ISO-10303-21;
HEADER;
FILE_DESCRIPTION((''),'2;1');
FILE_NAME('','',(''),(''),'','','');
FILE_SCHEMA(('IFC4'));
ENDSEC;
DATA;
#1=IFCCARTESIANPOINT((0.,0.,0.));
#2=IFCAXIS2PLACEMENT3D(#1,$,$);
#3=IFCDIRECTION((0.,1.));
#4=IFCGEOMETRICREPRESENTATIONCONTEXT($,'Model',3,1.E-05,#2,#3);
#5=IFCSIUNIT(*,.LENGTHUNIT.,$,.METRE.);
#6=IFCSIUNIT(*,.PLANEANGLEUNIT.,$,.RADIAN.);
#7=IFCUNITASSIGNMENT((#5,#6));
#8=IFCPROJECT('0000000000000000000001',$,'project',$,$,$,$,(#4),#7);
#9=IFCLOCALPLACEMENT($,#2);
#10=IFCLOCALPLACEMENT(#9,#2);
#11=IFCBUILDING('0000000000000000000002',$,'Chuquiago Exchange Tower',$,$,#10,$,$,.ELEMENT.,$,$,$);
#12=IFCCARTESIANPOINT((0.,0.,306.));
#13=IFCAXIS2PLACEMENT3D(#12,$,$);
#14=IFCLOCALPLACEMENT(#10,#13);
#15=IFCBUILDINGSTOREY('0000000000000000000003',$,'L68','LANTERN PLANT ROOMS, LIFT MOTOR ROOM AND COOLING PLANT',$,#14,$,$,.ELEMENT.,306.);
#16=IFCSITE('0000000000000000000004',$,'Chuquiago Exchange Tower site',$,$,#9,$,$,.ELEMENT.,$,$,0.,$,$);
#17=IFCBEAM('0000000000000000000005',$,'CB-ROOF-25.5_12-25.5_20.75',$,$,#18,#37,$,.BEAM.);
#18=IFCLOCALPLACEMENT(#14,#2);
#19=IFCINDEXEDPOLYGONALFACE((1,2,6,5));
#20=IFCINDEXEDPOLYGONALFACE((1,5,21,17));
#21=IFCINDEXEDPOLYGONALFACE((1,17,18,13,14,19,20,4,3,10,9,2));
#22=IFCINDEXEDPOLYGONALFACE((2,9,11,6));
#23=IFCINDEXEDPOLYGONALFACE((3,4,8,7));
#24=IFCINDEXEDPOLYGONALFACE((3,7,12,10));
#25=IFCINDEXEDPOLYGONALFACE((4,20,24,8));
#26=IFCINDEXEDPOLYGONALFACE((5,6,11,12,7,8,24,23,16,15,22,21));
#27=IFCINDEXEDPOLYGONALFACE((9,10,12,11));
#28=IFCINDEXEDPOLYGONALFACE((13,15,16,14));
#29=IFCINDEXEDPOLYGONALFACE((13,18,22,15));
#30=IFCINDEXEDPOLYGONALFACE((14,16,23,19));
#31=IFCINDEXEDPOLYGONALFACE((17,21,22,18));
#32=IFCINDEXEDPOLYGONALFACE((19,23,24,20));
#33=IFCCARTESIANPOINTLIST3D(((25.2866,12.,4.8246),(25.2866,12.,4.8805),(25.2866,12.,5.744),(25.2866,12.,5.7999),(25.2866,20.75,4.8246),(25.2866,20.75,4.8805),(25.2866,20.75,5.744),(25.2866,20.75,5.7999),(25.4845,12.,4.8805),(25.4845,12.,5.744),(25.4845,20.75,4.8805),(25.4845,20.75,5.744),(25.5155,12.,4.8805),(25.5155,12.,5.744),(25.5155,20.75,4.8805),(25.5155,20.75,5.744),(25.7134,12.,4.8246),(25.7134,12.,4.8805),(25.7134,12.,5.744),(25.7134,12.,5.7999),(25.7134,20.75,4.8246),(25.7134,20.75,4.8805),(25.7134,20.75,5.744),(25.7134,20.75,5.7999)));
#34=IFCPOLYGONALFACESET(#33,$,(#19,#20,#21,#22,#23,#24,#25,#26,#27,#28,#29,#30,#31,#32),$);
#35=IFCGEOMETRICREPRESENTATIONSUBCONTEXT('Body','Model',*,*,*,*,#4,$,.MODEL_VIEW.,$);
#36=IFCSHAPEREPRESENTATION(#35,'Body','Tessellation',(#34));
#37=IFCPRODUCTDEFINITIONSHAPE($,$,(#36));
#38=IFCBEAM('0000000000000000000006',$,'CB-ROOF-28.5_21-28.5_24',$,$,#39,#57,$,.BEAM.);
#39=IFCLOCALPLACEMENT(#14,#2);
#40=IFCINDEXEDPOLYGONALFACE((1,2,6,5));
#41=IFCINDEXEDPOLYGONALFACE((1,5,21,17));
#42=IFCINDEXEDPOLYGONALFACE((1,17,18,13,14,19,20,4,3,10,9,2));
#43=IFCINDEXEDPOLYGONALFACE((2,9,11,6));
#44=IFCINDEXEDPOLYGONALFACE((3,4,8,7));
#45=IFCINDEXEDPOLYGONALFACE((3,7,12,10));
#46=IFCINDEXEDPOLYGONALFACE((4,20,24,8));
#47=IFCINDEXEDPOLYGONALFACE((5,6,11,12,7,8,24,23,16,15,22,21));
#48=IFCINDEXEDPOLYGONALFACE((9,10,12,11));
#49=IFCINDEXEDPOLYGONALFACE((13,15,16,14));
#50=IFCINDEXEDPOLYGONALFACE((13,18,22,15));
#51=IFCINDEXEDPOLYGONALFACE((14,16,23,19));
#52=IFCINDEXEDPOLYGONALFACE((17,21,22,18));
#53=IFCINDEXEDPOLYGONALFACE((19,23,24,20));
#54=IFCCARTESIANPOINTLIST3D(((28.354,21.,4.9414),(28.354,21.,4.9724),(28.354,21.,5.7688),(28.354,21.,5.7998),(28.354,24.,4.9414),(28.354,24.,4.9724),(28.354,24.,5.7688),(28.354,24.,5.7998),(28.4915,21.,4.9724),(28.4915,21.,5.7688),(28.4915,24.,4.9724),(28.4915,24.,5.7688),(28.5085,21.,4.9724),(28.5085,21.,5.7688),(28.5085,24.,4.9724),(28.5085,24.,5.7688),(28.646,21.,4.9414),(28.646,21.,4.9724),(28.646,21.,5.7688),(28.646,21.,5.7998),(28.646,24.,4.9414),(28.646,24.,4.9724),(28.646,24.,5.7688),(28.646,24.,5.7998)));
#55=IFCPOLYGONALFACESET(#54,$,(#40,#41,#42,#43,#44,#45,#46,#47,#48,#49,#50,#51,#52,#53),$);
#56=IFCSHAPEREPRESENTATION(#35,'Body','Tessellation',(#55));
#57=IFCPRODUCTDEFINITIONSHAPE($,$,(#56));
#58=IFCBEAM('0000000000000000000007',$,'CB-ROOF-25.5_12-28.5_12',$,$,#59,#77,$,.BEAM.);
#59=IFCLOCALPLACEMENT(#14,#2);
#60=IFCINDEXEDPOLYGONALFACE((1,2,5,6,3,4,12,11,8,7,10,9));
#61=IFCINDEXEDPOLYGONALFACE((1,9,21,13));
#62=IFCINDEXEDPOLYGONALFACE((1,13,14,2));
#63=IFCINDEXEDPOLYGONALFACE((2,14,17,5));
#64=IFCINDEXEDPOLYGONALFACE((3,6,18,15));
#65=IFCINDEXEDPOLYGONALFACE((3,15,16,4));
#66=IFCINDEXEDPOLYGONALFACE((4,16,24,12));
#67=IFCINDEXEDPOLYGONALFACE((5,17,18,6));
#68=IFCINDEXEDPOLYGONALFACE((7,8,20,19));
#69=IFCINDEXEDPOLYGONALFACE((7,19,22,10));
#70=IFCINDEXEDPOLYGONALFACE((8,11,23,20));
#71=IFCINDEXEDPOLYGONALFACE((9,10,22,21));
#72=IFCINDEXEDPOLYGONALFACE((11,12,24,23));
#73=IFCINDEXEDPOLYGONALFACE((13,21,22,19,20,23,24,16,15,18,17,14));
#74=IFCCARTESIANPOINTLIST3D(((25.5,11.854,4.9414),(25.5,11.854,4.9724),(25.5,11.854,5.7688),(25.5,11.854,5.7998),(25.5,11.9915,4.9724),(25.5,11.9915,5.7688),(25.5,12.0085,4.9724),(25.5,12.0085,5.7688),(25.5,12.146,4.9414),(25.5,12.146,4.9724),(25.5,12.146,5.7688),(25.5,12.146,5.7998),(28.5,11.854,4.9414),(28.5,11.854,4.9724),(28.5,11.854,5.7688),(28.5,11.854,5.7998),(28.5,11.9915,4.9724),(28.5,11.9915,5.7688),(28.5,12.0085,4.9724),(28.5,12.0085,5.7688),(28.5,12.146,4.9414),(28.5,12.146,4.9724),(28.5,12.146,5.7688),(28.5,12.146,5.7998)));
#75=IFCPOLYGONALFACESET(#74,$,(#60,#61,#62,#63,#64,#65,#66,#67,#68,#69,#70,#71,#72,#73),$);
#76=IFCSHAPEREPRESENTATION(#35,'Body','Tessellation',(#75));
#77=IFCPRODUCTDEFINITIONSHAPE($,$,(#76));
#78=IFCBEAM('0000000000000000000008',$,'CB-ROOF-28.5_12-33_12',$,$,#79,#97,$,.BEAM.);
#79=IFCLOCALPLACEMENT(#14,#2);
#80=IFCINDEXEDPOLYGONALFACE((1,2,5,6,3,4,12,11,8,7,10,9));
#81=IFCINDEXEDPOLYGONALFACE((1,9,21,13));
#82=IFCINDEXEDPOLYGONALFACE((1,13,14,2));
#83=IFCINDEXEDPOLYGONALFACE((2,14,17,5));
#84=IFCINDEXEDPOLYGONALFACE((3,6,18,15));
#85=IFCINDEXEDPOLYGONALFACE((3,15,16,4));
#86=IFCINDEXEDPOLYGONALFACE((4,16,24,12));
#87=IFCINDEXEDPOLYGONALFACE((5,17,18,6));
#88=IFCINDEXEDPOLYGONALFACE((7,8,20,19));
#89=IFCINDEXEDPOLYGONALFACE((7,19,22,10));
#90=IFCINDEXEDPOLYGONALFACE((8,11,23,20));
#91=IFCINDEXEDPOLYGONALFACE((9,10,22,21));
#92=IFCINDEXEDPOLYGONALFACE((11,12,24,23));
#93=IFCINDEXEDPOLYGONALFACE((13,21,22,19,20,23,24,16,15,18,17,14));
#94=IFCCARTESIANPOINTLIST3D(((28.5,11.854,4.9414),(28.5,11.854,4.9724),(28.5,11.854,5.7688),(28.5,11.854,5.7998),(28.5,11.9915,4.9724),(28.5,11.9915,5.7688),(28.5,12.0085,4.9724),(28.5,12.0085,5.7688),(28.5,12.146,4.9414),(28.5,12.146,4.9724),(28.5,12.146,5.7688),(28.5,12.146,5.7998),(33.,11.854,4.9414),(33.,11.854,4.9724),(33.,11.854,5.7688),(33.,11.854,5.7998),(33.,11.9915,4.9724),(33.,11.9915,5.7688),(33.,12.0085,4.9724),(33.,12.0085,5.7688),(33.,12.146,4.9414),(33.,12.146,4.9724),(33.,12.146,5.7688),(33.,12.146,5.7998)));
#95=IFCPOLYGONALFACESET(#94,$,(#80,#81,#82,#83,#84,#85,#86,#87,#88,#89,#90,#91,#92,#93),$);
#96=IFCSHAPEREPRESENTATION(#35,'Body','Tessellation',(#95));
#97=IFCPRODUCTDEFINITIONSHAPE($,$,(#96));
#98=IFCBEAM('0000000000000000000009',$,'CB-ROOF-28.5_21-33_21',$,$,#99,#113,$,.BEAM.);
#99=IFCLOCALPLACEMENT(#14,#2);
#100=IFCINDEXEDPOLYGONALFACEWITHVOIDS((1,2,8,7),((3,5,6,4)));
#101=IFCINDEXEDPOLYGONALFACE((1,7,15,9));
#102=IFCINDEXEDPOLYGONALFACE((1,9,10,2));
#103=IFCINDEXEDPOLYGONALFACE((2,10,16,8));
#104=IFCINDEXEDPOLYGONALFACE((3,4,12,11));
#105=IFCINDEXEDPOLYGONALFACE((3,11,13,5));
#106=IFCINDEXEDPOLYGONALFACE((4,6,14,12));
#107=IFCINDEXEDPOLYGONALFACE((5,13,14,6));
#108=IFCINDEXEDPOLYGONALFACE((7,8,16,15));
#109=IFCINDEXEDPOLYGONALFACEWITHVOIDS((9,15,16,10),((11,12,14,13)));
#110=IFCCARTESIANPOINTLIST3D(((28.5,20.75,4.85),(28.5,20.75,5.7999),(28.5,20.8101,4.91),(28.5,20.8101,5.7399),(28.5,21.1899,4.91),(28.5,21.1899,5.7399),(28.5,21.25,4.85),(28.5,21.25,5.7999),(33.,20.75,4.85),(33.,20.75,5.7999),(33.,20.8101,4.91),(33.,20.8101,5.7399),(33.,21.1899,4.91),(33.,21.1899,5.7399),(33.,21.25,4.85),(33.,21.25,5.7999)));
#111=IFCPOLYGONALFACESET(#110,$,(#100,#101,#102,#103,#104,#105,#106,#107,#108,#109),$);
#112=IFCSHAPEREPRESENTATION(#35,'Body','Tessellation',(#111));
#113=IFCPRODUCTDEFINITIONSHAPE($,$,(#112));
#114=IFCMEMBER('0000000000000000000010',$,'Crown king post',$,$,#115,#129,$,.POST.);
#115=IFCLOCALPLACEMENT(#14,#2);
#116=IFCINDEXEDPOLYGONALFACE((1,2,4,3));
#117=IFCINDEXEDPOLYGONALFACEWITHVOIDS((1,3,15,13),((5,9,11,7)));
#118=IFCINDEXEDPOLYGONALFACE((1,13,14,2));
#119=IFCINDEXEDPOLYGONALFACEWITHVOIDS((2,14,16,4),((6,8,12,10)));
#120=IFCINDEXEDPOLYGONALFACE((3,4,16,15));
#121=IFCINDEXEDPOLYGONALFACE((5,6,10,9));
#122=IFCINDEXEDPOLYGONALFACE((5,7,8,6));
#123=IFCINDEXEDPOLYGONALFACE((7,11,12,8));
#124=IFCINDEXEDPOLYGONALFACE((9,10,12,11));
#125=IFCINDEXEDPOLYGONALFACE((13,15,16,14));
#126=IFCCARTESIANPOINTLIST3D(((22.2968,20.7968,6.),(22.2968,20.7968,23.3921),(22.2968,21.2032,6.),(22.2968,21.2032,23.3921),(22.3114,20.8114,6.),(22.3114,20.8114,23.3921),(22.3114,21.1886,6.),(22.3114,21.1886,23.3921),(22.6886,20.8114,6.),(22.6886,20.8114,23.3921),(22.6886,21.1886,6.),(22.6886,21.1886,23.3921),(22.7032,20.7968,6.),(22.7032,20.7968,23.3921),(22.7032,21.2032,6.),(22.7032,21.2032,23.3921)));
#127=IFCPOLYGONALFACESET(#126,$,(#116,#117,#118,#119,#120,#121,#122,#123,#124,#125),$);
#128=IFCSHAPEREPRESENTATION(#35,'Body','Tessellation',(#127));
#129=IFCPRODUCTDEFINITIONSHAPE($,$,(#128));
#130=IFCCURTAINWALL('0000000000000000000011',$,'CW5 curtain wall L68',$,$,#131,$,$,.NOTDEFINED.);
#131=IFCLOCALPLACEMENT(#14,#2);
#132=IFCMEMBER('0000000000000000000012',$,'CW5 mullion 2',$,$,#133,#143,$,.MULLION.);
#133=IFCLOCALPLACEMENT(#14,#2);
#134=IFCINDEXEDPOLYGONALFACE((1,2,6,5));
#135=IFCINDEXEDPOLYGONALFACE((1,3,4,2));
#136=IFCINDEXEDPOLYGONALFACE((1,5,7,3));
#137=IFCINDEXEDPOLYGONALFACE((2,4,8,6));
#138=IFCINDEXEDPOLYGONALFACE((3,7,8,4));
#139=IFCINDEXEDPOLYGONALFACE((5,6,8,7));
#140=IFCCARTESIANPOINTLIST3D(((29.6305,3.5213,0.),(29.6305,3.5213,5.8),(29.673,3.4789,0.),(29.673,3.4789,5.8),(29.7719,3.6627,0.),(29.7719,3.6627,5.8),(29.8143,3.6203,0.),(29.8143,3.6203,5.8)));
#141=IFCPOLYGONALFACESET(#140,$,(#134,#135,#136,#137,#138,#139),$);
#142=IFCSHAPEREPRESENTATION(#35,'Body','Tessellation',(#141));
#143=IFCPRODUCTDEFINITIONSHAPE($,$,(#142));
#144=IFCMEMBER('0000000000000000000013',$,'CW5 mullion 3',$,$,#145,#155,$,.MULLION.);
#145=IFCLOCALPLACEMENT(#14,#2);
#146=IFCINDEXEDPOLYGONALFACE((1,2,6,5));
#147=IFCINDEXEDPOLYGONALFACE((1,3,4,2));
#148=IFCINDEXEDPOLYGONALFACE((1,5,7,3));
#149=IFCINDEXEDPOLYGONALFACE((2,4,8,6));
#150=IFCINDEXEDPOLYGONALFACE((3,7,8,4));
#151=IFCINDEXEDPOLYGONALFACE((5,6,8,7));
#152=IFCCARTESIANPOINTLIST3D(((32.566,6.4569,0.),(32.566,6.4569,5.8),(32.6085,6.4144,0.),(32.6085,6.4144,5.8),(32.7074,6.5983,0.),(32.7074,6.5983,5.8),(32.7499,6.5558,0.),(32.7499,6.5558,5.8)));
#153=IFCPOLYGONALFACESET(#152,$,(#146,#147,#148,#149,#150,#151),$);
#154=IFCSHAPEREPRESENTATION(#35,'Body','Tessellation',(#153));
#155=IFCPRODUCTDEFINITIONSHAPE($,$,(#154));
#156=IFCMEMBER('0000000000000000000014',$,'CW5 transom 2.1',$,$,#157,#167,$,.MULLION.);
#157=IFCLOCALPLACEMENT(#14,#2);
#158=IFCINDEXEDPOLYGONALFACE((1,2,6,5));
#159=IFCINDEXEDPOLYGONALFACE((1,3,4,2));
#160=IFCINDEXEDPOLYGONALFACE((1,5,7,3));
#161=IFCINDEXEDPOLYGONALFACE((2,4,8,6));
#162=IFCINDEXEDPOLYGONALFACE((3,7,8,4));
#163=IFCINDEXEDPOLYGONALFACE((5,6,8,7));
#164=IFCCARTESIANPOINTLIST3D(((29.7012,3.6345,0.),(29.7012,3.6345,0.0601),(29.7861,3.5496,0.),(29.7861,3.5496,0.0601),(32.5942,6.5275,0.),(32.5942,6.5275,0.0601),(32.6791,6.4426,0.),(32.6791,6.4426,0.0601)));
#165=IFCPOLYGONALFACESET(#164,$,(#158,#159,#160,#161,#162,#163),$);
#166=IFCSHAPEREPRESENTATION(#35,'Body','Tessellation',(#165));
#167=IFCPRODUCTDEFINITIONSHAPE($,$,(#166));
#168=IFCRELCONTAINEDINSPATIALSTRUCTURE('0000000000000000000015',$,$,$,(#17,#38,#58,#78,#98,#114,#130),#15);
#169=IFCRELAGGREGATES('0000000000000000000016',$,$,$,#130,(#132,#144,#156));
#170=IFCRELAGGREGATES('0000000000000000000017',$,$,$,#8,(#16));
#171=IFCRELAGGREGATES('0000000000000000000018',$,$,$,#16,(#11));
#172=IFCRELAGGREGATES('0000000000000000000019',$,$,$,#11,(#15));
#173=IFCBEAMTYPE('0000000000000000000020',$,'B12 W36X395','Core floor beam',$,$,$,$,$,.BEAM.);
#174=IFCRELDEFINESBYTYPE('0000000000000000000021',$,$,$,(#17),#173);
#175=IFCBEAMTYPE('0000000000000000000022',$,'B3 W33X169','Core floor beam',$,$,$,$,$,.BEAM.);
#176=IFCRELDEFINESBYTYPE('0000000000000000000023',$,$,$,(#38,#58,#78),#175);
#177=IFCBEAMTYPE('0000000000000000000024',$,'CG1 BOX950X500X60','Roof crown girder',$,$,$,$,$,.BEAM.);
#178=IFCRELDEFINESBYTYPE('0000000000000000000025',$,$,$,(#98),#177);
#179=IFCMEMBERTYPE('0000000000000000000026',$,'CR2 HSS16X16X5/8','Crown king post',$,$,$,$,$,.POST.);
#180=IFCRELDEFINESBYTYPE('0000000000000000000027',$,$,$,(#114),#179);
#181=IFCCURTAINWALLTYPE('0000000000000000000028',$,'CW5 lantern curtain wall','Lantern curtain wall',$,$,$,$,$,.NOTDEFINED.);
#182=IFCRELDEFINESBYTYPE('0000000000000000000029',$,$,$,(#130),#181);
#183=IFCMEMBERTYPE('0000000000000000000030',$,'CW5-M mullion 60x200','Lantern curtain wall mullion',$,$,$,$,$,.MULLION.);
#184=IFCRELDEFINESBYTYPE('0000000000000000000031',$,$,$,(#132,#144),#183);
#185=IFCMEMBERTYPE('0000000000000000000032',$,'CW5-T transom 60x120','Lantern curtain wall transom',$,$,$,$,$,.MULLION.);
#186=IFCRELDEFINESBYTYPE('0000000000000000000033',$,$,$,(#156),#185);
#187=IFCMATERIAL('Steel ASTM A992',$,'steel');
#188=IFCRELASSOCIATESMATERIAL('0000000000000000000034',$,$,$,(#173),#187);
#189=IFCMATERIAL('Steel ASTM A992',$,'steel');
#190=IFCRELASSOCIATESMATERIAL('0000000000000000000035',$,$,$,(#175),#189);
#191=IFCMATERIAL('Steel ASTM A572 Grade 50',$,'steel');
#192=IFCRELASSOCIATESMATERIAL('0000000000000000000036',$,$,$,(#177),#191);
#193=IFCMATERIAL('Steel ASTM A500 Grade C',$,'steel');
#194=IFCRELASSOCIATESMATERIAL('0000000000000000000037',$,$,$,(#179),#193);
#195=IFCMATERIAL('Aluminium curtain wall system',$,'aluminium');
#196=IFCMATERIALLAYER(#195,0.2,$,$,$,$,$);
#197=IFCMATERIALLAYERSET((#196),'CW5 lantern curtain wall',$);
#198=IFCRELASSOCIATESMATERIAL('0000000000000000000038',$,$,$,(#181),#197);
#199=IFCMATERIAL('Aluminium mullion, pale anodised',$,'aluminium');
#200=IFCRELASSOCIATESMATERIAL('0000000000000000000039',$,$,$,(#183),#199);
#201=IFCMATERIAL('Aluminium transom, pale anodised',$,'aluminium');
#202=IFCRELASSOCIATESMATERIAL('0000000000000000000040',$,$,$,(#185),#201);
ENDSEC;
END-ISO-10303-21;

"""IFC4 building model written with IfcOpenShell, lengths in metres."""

from ifc_helpers import new_model, si_unit, direction, frame, origin, origin_2d, place, context, subcontext, project, spatial, rectangle, hollow_rectangle, i_section, extrude, material, layer, layer_set, material_profile, profile_set, type_object, element, aggregate, save


model = new_model("IFC4")

# Units and contexts
model_context = context("Model", 3, precision=1e-05, world=origin(), true_north=direction((0.0, 1.0)))
body_context = subcontext(model_context, "Body", "Model", "MODEL_VIEW")
ifc_project = project(units=[si_unit("LENGTHUNIT", "METRE"), si_unit("PLANEANGLEUNIT", "RADIAN")], contexts=[model_context])

# Site, building, storey
site_placement = place(None, origin())
site = spatial("IfcSite", under=ifc_project, at=site_placement, Name="Chuquiago Exchange Tower site", CompositionType="ELEMENT", RefElevation=0.0)
building_placement = place(site_placement, origin())
building = spatial("IfcBuilding", under=site, at=building_placement, Name="Chuquiago Exchange Tower", CompositionType="ELEMENT")
storey_placement = place(building_placement, frame((0.0, 0.0, 306.0)))
storey = spatial("IfcBuildingStorey", under=building, at=storey_placement, Name="L68", Description="LANTERN PLANT ROOMS, LIFT MOTOR ROOM AND COOLING PLANT", CompositionType="ELEMENT", Elevation=306.0)

# Beams
ifc_material_1 = material(Name="Steel ASTM A992", Category="steel")
ifc_material_profile_1 = material_profile(ifc_material_1, i_section(OverallWidth=0.4268, OverallDepth=0.9753, WebThickness=0.031, FlangeThickness=0.0559, at=origin_2d()), Name="W36X395")
ifc_profile_set_1 = profile_set([ifc_material_profile_1], Name="Steel ASTM A992")
beam_type_1 = type_object("IfcBeamType", Name="B12 W36X395", Description="Core floor beam", PredefinedType="BEAM", material=ifc_profile_set_1)
beam_1_placement = place(storey_placement, frame((25.5, 12.0, 5.3123), z_axis=(0.0, 1.0, 0.0), x_axis=(-1.0, 0.0, 0.0)))
element("IfcBeam", 1, at=beam_1_placement, inside=storey, type_object=beam_type_1, Name="CB-ROOF-25.5_12-25.5_20.75", PredefinedType="BEAM", context=body_context, shape_type="SweptSolid", body=[
    extrude(i_section(OverallWidth=0.4268, OverallDepth=0.9753, WebThickness=0.031, FlangeThickness=0.0559, at=origin_2d()), origin(), (0.0, 0.0, 1.0), 8.75),
])
ifc_material_2 = material(Name="Steel ASTM A992", Category="steel")
ifc_material_profile_2 = material_profile(ifc_material_2, i_section(OverallWidth=0.292, OverallDepth=0.8584, WebThickness=0.0171, FlangeThickness=0.031, at=origin_2d()), Name="W33X169")
ifc_profile_set_2 = profile_set([ifc_material_profile_2], Name="Steel ASTM A992")
beam_type_2 = type_object("IfcBeamType", Name="B3 W33X169", Description="Core floor beam", PredefinedType="BEAM", material=ifc_profile_set_2)
for number, where, z_axis, x_axis, name in (
    (2, (28.5, 21.0, 5.3706), (0.0, 1.0, 0.0), (-1.0, 0.0, 0.0), "CB-ROOF-28.5_21-28.5_24"),
    (3, (25.5, 12.0, 5.3706), (1.0, 0.0, 0.0), (0.0, 1.0, 0.0), "CB-ROOF-25.5_12-28.5_12"),
):
    element("IfcBeam", number, at=place(storey_placement, frame(where, z_axis=z_axis, x_axis=x_axis)), inside=storey, type_object=beam_type_2, Name=name, PredefinedType="BEAM", context=body_context, shape_type="SweptSolid", body=[
        extrude(i_section(OverallWidth=0.292, OverallDepth=0.8584, WebThickness=0.0171, FlangeThickness=0.031, at=origin_2d()), origin(), (0.0, 0.0, 1.0), 3.0),
    ])
beam_2_placement = place(storey_placement, frame((28.5, 12.0, 5.3706), z_axis=(1.0, 0.0, 0.0), x_axis=(0.0, 1.0, 0.0)))
element("IfcBeam", 4, at=beam_2_placement, inside=storey, type_object=beam_type_2, Name="CB-ROOF-28.5_12-33_12", PredefinedType="BEAM", context=body_context, shape_type="SweptSolid", body=[
    extrude(i_section(OverallWidth=0.292, OverallDepth=0.8584, WebThickness=0.0171, FlangeThickness=0.031, at=origin_2d()), origin(), (0.0, 0.0, 1.0), 4.5),
])
ifc_material_3 = material(Name="Steel ASTM A572 Grade 50", Category="steel")
ifc_material_profile_3 = material_profile(ifc_material_3, hollow_rectangle(XDim=0.5, YDim=0.95, WallThickness=0.0601, at=origin_2d()), Name="BOX950X500X60")
ifc_profile_set_3 = profile_set([ifc_material_profile_3], Name="Steel ASTM A572 Grade 50")
beam_type_3 = type_object("IfcBeamType", Name="CG1 BOX950X500X60", Description="Roof crown girder", PredefinedType="BEAM", material=ifc_profile_set_3)
beam_3_placement = place(storey_placement, frame((28.5, 21.0, 5.325), z_axis=(1.0, 0.0, 0.0), x_axis=(0.0, 1.0, 0.0)))
element("IfcBeam", 5, at=beam_3_placement, inside=storey, type_object=beam_type_3, Name="CB-ROOF-28.5_21-33_21", PredefinedType="BEAM", context=body_context, shape_type="SweptSolid", body=[
    extrude(hollow_rectangle(XDim=0.5, YDim=0.95, WallThickness=0.0601, at=origin_2d()), origin(), (0.0, 0.0, 1.0), 4.5),
])

# Member
ifc_material_4 = material(Name="Steel ASTM A500 Grade C", Category="steel")
ifc_material_profile_4 = material_profile(ifc_material_4, hollow_rectangle(XDim=0.4065, YDim=0.4065, WallThickness=0.0146, at=origin_2d()), Name="HSS16X16X5/8")
ifc_profile_set_4 = profile_set([ifc_material_profile_4], Name="Steel ASTM A500 Grade C")
member_type_1 = type_object("IfcMemberType", Name="CR2 HSS16X16X5/8", Description="Crown king post", PredefinedType="POST", material=ifc_profile_set_4)
member_1_placement = place(storey_placement, frame((22.5, 21.0, 6.0), z_axis=(0.0, 0.0, 1.0), x_axis=(1.0, 0.0, 0.0)))
element("IfcMember", 6, at=member_1_placement, inside=storey, type_object=member_type_1, Name="Crown king post", PredefinedType="POST", context=body_context, shape_type="SweptSolid", body=[
    extrude(hollow_rectangle(XDim=0.4065, YDim=0.4065, WallThickness=0.0146, at=origin_2d()), origin(), (0.0, 0.0, 1.0), 17.3921),
])

# Curtain wall, members
ifc_material_5 = material(Name="Aluminium curtain wall system", Category="aluminium")
ifc_layer_1 = layer(ifc_material_5, 0.2)
ifc_layer_set_1 = layer_set([ifc_layer_1], Name="CW5 lantern curtain wall")
curtain_wall_type = type_object("IfcCurtainWallType", Name="CW5 lantern curtain wall", Description="Lantern curtain wall", PredefinedType="NOTDEFINED", material=ifc_layer_set_1)
curtain_wall_placement = place(storey_placement, origin())
curtain_wall = element("IfcCurtainWall", 7, at=curtain_wall_placement, inside=storey, type_object=curtain_wall_type, Name="CW5 curtain wall L68", PredefinedType="NOTDEFINED")
ifc_material_6 = material(Name="Aluminium mullion, pale anodised", Category="aluminium")
ifc_material_profile_5 = material_profile(ifc_material_6, rectangle(XDim=0.0601, YDim=0.2, at=origin_2d()), Name="AL 60x200")
ifc_profile_set_5 = profile_set([ifc_material_profile_5], Name="Aluminium mullion, pale anodised")
member_type_2 = type_object("IfcMemberType", Name="CW5-M mullion 60x200", Description="Lantern curtain wall mullion", PredefinedType="MULLION", material=ifc_profile_set_5)
member_2_placement = place(storey_placement, frame((29.7224, 3.5708, 0.0), z_axis=(0.0, 0.0, 1.0), x_axis=(-0.707105, 0.707109, 0.0)))
member_2 = element("IfcMember", 8, at=member_2_placement, type_object=member_type_2, Name="CW5 mullion 2", PredefinedType="MULLION", context=body_context, shape_type="SweptSolid", body=[
    extrude(rectangle(XDim=0.0601, YDim=0.2, at=origin_2d()), origin(), (0.0, 0.0, 1.0), 5.8),
])
member_3_placement = place(storey_placement, frame((32.658, 6.5063, 0.0), z_axis=(0.0, 0.0, 1.0), x_axis=(-0.707105, 0.707109, 0.0)))
member_3 = element("IfcMember", 9, at=member_3_placement, type_object=member_type_2, Name="CW5 mullion 3", PredefinedType="MULLION", context=body_context, shape_type="SweptSolid", body=[
    extrude(rectangle(XDim=0.0601, YDim=0.2, at=origin_2d()), origin(), (0.0, 0.0, 1.0), 5.8),
])
ifc_material_7 = material(Name="Aluminium transom, pale anodised", Category="aluminium")
ifc_material_profile_6 = material_profile(ifc_material_7, rectangle(XDim=0.1201, YDim=0.0601, at=origin_2d()), Name="AL 120x60")
ifc_profile_set_6 = profile_set([ifc_material_profile_6], Name="Aluminium transom, pale anodised")
member_type_3 = type_object("IfcMemberType", Name="CW5-T transom 60x120", Description="Lantern curtain wall transom", PredefinedType="MULLION", material=ifc_profile_set_6)
member_4_placement = place(storey_placement, frame((29.7437, 3.592, 0.03), z_axis=(0.707107, 0.707107, 0.0), x_axis=(-0.707107, 0.707107, 0.0)))
member_4 = element("IfcMember", 10, at=member_4_placement, type_object=member_type_3, Name="CW5 transom 2.1", PredefinedType="MULLION", context=body_context, shape_type="SweptSolid", body=[
    extrude(rectangle(XDim=0.1201, YDim=0.0601, at=origin_2d()), origin(), (0.0, 0.0, 1.0), 4.0913),
])

aggregate(curtain_wall, [member_2, member_3, member_4])

save(model, "model.ifc")
